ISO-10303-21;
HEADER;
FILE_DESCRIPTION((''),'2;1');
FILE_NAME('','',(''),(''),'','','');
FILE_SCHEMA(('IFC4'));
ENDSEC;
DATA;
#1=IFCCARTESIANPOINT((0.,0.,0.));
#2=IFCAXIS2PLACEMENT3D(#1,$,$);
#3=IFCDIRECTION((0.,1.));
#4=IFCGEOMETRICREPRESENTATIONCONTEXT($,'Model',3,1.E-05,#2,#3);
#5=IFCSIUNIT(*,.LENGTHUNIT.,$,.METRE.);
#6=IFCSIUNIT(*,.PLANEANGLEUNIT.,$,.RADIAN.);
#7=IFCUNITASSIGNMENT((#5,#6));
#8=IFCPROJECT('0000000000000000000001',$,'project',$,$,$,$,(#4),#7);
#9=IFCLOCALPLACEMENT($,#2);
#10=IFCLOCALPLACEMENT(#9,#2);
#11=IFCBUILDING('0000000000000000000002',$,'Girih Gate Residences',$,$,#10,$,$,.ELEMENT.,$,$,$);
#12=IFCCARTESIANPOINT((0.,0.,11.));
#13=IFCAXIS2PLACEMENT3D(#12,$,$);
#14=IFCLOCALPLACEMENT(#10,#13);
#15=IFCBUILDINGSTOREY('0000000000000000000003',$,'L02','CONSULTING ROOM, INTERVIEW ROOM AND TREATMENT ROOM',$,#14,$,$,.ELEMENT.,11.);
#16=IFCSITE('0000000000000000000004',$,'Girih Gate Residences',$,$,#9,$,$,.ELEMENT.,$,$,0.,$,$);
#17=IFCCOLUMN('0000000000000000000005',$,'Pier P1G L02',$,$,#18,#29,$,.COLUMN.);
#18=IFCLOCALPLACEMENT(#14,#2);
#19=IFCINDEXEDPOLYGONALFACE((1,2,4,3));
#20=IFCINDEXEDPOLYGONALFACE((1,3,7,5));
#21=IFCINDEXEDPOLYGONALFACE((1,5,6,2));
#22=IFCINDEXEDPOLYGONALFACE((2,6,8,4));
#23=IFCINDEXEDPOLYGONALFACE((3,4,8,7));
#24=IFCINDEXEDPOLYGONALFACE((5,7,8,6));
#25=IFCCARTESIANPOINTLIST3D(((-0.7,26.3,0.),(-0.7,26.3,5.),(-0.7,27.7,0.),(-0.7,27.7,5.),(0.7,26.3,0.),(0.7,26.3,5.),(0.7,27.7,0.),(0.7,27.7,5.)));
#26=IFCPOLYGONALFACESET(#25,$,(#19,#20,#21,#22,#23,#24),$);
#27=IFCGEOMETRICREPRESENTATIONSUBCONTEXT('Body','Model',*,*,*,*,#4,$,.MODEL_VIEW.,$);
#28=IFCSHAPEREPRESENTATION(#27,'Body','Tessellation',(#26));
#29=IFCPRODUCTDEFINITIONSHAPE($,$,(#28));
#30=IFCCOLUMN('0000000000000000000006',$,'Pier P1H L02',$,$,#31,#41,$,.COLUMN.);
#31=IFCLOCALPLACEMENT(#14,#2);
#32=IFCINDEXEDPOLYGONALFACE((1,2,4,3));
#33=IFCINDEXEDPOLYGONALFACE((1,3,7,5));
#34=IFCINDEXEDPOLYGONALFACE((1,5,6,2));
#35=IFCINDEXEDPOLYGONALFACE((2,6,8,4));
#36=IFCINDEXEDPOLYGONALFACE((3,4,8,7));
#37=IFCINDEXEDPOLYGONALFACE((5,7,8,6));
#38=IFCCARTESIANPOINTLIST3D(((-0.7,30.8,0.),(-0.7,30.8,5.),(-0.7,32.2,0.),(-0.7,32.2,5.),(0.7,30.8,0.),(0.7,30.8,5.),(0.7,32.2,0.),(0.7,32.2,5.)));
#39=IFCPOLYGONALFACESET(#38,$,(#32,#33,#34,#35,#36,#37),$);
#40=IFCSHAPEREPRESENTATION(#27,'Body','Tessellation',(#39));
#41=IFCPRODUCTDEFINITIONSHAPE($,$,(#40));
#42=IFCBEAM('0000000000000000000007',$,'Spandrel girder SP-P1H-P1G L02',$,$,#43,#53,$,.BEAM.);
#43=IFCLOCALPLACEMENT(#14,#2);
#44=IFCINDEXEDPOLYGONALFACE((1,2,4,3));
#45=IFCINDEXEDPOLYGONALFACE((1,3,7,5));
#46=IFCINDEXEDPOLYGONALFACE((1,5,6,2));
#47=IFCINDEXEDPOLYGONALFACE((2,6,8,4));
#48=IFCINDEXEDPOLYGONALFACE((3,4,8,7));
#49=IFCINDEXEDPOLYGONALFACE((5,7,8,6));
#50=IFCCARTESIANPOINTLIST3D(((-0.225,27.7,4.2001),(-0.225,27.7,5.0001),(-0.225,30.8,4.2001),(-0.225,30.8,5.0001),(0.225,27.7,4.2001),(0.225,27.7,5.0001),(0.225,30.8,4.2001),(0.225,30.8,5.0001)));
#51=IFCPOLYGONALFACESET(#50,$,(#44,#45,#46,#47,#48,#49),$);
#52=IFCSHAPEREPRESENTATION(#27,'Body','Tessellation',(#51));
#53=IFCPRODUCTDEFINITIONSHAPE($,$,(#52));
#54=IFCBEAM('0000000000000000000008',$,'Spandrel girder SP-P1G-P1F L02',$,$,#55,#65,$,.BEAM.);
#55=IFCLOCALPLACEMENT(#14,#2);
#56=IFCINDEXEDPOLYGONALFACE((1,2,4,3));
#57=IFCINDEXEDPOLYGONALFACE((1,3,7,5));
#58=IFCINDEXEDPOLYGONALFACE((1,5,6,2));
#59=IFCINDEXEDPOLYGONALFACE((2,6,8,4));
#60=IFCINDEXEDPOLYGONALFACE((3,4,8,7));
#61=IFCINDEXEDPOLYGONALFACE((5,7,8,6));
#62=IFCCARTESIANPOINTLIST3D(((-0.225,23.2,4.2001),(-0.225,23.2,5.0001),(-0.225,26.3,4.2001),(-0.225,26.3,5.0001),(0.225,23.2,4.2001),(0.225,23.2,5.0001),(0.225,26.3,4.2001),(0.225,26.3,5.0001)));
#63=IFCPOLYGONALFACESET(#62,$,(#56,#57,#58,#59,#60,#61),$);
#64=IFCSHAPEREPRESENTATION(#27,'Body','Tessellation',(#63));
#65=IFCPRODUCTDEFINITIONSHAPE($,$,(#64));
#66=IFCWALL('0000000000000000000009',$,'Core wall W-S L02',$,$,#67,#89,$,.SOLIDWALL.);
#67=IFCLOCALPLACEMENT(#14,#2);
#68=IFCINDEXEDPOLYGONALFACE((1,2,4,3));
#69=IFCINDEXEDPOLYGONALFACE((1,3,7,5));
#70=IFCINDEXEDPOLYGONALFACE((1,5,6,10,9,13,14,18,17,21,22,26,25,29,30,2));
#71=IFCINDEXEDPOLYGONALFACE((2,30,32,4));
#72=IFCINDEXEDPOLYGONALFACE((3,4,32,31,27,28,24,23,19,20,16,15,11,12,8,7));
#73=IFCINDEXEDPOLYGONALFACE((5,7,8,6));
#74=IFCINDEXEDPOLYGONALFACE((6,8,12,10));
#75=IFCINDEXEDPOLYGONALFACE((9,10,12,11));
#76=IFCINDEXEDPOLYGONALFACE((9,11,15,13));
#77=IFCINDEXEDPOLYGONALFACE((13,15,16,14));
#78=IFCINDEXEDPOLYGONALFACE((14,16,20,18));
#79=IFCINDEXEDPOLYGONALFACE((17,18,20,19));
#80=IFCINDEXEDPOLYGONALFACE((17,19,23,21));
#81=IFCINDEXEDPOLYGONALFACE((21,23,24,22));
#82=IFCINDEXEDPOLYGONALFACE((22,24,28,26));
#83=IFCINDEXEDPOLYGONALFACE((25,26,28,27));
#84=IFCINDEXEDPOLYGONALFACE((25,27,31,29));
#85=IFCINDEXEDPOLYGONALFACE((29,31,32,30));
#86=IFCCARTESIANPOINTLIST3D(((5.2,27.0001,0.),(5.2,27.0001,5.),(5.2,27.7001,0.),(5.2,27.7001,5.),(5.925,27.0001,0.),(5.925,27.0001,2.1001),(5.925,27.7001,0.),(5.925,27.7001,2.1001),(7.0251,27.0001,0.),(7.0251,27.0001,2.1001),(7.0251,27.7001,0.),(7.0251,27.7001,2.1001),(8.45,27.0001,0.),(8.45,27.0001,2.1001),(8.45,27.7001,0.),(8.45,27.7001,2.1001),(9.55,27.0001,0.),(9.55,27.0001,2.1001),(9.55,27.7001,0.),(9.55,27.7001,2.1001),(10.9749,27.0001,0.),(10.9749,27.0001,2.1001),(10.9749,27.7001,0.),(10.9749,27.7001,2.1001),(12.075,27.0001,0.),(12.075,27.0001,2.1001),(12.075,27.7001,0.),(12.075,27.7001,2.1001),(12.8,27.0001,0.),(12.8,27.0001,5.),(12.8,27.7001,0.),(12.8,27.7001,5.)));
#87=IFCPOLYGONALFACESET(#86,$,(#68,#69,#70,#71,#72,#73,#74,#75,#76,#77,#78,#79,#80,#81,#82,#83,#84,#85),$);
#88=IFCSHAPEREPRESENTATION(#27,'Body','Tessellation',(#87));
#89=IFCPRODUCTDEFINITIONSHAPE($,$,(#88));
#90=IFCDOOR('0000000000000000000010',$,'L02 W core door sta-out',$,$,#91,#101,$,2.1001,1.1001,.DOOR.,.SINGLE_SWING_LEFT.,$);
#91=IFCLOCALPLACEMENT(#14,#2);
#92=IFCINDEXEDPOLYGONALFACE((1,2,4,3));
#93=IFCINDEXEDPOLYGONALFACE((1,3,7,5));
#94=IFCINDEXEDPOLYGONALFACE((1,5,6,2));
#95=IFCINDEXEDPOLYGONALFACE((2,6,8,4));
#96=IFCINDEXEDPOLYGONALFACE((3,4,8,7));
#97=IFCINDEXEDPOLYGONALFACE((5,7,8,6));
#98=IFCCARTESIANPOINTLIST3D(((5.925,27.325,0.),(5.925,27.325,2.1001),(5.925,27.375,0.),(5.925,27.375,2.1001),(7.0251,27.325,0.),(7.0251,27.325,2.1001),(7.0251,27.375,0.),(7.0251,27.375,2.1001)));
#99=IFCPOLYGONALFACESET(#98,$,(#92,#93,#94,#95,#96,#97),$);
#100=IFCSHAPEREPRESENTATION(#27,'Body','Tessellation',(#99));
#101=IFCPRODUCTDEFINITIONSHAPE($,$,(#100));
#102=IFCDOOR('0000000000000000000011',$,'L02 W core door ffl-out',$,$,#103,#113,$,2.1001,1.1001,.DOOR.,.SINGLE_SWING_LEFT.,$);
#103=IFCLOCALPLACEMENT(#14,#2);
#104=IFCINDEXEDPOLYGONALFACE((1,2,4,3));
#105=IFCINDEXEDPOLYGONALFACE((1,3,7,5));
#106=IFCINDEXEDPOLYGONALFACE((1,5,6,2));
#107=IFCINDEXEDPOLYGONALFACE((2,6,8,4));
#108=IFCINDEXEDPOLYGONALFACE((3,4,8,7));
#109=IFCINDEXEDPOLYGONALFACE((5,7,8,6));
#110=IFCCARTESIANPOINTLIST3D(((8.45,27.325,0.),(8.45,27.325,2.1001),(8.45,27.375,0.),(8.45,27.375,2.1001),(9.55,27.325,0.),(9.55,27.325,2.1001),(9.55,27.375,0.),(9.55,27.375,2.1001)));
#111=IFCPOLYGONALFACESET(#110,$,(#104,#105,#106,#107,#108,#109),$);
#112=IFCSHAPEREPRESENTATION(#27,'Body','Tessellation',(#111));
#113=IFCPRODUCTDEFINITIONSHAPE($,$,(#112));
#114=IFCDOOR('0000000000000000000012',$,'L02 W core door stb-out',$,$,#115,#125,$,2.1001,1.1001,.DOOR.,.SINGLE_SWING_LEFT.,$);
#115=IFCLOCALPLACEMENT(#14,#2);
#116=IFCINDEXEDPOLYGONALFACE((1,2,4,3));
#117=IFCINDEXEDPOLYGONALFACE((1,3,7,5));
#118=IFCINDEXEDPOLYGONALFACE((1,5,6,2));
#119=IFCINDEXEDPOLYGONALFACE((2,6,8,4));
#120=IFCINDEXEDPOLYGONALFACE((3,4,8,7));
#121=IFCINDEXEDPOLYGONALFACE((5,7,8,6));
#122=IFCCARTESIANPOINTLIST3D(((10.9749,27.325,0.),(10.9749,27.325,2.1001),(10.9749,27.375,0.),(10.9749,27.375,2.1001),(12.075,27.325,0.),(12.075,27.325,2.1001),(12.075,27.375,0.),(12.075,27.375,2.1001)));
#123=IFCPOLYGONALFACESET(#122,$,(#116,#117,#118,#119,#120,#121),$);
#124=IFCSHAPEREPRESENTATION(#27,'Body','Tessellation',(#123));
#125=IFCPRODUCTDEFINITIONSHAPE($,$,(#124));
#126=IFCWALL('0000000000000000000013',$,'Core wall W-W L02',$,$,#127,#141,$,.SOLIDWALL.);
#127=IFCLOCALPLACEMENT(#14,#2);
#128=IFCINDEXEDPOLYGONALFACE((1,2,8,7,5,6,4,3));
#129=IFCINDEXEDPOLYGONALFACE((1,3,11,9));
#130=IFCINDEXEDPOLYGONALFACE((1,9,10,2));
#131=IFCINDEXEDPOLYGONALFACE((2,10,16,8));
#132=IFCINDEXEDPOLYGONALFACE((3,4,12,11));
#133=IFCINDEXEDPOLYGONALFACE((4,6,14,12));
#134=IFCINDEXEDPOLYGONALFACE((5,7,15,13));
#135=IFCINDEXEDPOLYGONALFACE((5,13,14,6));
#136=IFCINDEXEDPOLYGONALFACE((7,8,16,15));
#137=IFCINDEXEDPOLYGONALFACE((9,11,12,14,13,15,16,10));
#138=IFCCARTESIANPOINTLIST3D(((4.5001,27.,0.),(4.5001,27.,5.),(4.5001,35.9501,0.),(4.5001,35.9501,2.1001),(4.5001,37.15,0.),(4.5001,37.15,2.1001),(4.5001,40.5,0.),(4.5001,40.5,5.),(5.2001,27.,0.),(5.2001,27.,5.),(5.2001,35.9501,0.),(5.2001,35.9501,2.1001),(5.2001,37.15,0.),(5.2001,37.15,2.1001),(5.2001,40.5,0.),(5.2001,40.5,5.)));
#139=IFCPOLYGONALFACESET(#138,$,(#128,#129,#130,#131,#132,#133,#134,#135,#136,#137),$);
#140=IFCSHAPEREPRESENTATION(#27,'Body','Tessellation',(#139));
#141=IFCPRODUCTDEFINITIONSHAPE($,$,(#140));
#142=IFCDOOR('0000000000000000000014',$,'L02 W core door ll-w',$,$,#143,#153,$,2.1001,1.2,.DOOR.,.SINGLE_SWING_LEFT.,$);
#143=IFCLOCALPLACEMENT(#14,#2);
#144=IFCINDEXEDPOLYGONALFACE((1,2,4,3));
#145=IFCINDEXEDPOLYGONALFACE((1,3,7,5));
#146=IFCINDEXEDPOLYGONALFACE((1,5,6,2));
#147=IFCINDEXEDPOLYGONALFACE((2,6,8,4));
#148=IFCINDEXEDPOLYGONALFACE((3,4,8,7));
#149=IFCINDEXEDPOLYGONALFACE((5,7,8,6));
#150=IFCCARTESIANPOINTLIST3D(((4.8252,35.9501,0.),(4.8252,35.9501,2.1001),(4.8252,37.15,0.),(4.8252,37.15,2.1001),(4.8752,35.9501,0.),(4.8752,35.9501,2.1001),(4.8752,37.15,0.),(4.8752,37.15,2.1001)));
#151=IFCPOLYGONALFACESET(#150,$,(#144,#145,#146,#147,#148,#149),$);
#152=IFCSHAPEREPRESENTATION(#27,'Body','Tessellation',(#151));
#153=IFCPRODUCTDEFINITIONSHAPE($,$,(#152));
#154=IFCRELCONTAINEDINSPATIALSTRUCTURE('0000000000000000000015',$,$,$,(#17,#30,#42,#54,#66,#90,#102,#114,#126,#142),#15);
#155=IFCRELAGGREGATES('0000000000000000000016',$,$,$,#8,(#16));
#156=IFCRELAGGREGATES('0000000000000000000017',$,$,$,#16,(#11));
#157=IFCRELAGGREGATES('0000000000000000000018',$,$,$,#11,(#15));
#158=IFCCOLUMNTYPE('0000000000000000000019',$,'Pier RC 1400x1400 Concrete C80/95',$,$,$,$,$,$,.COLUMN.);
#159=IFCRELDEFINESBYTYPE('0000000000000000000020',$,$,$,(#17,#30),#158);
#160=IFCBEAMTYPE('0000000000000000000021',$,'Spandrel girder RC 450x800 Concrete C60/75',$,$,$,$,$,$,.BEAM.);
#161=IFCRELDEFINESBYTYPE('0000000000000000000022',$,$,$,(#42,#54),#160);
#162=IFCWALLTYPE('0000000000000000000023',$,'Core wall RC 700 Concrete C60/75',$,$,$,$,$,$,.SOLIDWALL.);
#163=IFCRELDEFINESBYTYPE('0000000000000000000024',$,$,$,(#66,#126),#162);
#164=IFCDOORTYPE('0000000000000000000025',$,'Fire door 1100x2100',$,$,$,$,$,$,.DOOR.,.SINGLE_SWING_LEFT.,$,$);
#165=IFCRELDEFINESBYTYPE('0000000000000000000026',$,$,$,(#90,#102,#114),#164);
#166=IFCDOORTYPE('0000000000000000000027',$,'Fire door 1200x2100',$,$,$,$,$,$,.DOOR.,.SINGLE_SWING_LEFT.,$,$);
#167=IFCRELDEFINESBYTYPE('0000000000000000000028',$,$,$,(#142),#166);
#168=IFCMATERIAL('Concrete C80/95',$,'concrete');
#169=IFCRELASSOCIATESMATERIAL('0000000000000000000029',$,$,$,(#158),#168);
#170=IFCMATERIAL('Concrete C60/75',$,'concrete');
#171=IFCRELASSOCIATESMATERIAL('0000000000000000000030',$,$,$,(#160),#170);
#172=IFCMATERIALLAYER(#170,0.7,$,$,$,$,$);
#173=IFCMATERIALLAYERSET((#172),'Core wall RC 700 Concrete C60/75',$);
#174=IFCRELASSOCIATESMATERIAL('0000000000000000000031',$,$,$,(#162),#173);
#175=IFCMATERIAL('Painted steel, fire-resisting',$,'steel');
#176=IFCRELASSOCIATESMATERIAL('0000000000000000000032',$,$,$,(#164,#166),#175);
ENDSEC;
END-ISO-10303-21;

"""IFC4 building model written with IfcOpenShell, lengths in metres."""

from ifc_helpers import new_model, si_unit, direction, frame, frame_2d, origin, origin_2d, place, context, subcontext, project, spatial, rectangle, extrude, material, layer, layer_set, material_profile, profile_set, type_object, element, fill, save


model = new_model("IFC4")

# Units and contexts
model_context = context("Model", 3, precision=1e-05, world=origin(), true_north=direction((0.0, 1.0)))
body_context = subcontext(model_context, "Body", "Model", "MODEL_VIEW")
ifc_project = project(units=[si_unit("LENGTHUNIT", "METRE"), si_unit("PLANEANGLEUNIT", "RADIAN")], contexts=[model_context])

# Site, building, storey
site_placement = place(None, origin())
site = spatial("IfcSite", under=ifc_project, at=site_placement, Name="Girih Gate Residences", CompositionType="ELEMENT", RefElevation=0.0)
building_placement = place(site_placement, origin())
building = spatial("IfcBuilding", under=site, at=building_placement, Name="Girih Gate Residences", CompositionType="ELEMENT")
storey_placement = place(building_placement, frame((0.0, 0.0, 11.0)))
storey = spatial("IfcBuildingStorey", under=building, at=storey_placement, Name="L02", Description="CONSULTING ROOM, INTERVIEW ROOM AND TREATMENT ROOM", CompositionType="ELEMENT", Elevation=11.0)

# Columns
ifc_material_1 = material(Name="Concrete C80/95", Category="concrete")
ifc_material_profile_1 = material_profile(ifc_material_1, rectangle(XDim=1.3999, YDim=1.3999, at=origin_2d()))
ifc_profile_set_1 = profile_set([ifc_material_profile_1], Name="Concrete C80/95")
column_type = type_object("IfcColumnType", Name="Pier RC 1400x1400 Concrete C80/95", PredefinedType="COLUMN", material=ifc_profile_set_1)
for number, where, z_axis, x_axis, name in (
    (1, (0.0, 27.0, 0.0), (0.0, 0.0, 1.0), (1.0, 0.0, 0.0), "Pier P1G L02"),
    (2, (0.0, 31.5, 0.0), (0.0, 0.0, 1.0), (1.0, 0.0, 0.0), "Pier P1H L02"),
):
    element("IfcColumn", number, at=place(storey_placement, frame(where, z_axis=z_axis, x_axis=x_axis)), inside=storey, type_object=column_type, Name=name, PredefinedType="COLUMN", context=body_context, shape_type="SweptSolid", body=[
        extrude(rectangle(XDim=1.3999, YDim=1.3999, at=origin_2d()), origin(), (0.0, 0.0, 1.0), 5.0),
    ])

# Beams
ifc_material_2 = material(Name="Concrete C60/75", Category="concrete")
ifc_material_profile_2 = material_profile(ifc_material_2, rectangle(XDim=0.45, YDim=0.8, at=origin_2d()))
ifc_profile_set_2 = profile_set([ifc_material_profile_2], Name="Concrete C60/75")
beam_type = type_object("IfcBeamType", Name="Spandrel girder RC 450x800 Concrete C60/75", PredefinedType="BEAM", material=ifc_profile_set_2)
for number, where, z_axis, x_axis, name in (
    (3, (0.0, 30.8, 4.6001), (0.0, -1.0, 0.0), (1.0, 0.0, 0.0), "Spandrel girder SP-P1H-P1G L02"),
    (4, (0.0, 26.3, 4.6001), (0.0, -1.0, 0.0), (1.0, 0.0, 0.0), "Spandrel girder SP-P1G-P1F L02"),
):
    element("IfcBeam", number, at=place(storey_placement, frame(where, z_axis=z_axis, x_axis=x_axis)), inside=storey, type_object=beam_type, Name=name, PredefinedType="BEAM", context=body_context, shape_type="SweptSolid", body=[
        extrude(rectangle(XDim=0.45, YDim=0.8, at=origin_2d()), origin(), (0.0, 0.0, 1.0), 3.1001),
    ])

# Wall, openings, doors
ifc_layer_1 = layer(ifc_material_2, 0.7)
ifc_layer_set_1 = layer_set([ifc_layer_1], Name="Core wall RC 700 Concrete C60/75")
wall_type_1 = type_object("IfcWallType", Name="Core wall RC 700 Concrete C60/75", PredefinedType="SOLIDWALL", material=ifc_layer_set_1)
wall_1_placement = place(storey_placement, frame((5.2, 27.3501, 0.0), z_axis=(0.0, 0.0, 1.0), x_axis=(1.0, 0.0, 0.0)))
wall_1 = element("IfcWall", 5, at=wall_1_placement, inside=storey, type_object=wall_type_1, Name="Core wall W-S L02", PredefinedType="SOLIDWALL", context=body_context, shape_type="SweptSolid", body=[
    extrude(rectangle(XDim=7.6001, YDim=0.7, at=frame_2d((3.8, 0.0))), origin(), (0.0, 0.0, 1.0), 5.0),
])
opening_1_placement = place(wall_1_placement, frame((0.7251, 0.0, 0.0)))
opening_1 = element("IfcOpeningElement", 6, at=opening_1_placement, cuts=wall_1, PredefinedType="OPENING", context=body_context, shape_type="SweptSolid", body=[
    extrude(rectangle(XDim=1.1001, YDim=2.1001, at=frame_2d((0.55, 1.05))), frame((0.0, 0.3599, 0.0), z_axis=(0.0, -1.0, 0.0), x_axis=(1.0, 0.0, 0.0)), (0.0, 0.0, 1.0), 0.72),
])
opening_2_placement = place(wall_1_placement, frame((3.25, 0.0, 0.0)))
opening_2 = element("IfcOpeningElement", 7, at=opening_2_placement, cuts=wall_1, PredefinedType="OPENING", context=body_context, shape_type="SweptSolid", body=[
    extrude(rectangle(XDim=1.1001, YDim=2.1001, at=frame_2d((0.55, 1.05))), frame((0.0, 0.3599, 0.0), z_axis=(0.0, -1.0, 0.0), x_axis=(1.0, 0.0, 0.0)), (0.0, 0.0, 1.0), 0.72),
])
opening_3_placement = place(wall_1_placement, frame((5.7749, 0.0, 0.0)))
opening_3 = element("IfcOpeningElement", 8, at=opening_3_placement, cuts=wall_1, PredefinedType="OPENING", context=body_context, shape_type="SweptSolid", body=[
    extrude(rectangle(XDim=1.1001, YDim=2.1001, at=frame_2d((0.55, 1.05))), frame((0.0, 0.3599, 0.0), z_axis=(0.0, -1.0, 0.0), x_axis=(1.0, 0.0, 0.0)), (0.0, 0.0, 1.0), 0.72),
])
ifc_material_3 = material(Name="Painted steel, fire-resisting", Category="steel")
door_type_1 = type_object("IfcDoorType", Name="Fire door 1100x2100", OperationType="SINGLE_SWING_LEFT", PredefinedType="DOOR", material=ifc_material_3)
door_1_placement = place(opening_1_placement, origin())
door_1 = element("IfcDoor", 9, at=door_1_placement, inside=storey, type_object=door_type_1, Name="L02 W core door sta-out", OperationType="SINGLE_SWING_LEFT", OverallHeight=2.1001, OverallWidth=1.1001, PredefinedType="DOOR", context=body_context, shape_type="SweptSolid", body=[
    extrude(rectangle(XDim=1.1001, YDim=2.1001, at=frame_2d((0.55, 1.05))), frame((0.0, 0.0249, 0.0), z_axis=(0.0, -1.0, 0.0), x_axis=(1.0, 0.0, 0.0)), (0.0, 0.0, 1.0), 0.05),
])
fill(opening_1, door_1)
door_2_placement = place(opening_2_placement, origin())
door_2 = element("IfcDoor", 10, at=door_2_placement, inside=storey, type_object=door_type_1, Name="L02 W core door ffl-out", OperationType="SINGLE_SWING_LEFT", OverallHeight=2.1001, OverallWidth=1.1001, PredefinedType="DOOR", context=body_context, shape_type="SweptSolid", body=[
    extrude(rectangle(XDim=1.1001, YDim=2.1001, at=frame_2d((0.55, 1.05))), frame((0.0, 0.0249, 0.0), z_axis=(0.0, -1.0, 0.0), x_axis=(1.0, 0.0, 0.0)), (0.0, 0.0, 1.0), 0.05),
])
fill(opening_2, door_2)
door_3_placement = place(opening_3_placement, origin())
door_3 = element("IfcDoor", 11, at=door_3_placement, inside=storey, type_object=door_type_1, Name="L02 W core door stb-out", OperationType="SINGLE_SWING_LEFT", OverallHeight=2.1001, OverallWidth=1.1001, PredefinedType="DOOR", context=body_context, shape_type="SweptSolid", body=[
    extrude(rectangle(XDim=1.1001, YDim=2.1001, at=frame_2d((0.55, 1.05))), frame((0.0, 0.0249, 0.0), z_axis=(0.0, -1.0, 0.0), x_axis=(1.0, 0.0, 0.0)), (0.0, 0.0, 1.0), 0.05),
])
fill(opening_3, door_3)

# Wall, opening, door
wall_2_placement = place(storey_placement, frame((4.8501, 27.0, 0.0), z_axis=(0.0, 0.0, 1.0), x_axis=(0.0, 1.0, 0.0)))
wall_2 = element("IfcWall", 12, at=wall_2_placement, inside=storey, type_object=wall_type_1, Name="Core wall W-W L02", PredefinedType="SOLIDWALL", context=body_context, shape_type="SweptSolid", body=[
    extrude(rectangle(XDim=13.5, YDim=0.7, at=frame_2d((6.75, 0.0))), origin(), (0.0, 0.0, 1.0), 5.0),
])
opening_4_placement = place(wall_2_placement, frame((8.95, 0.0, 0.0)))
opening_4 = element("IfcOpeningElement", 13, at=opening_4_placement, cuts=wall_2, PredefinedType="OPENING", context=body_context, shape_type="SweptSolid", body=[
    extrude(rectangle(XDim=1.2, YDim=2.1001, at=frame_2d((0.6001, 1.05))), frame((0.0, 0.3599, 0.0), z_axis=(0.0, -1.0, 0.0), x_axis=(1.0, 0.0, 0.0)), (0.0, 0.0, 1.0), 0.72),
])
door_type_2 = type_object("IfcDoorType", Name="Fire door 1200x2100", OperationType="SINGLE_SWING_LEFT", PredefinedType="DOOR", material=ifc_material_3)
door_4_placement = place(opening_4_placement, origin())
door_4 = element("IfcDoor", 14, at=door_4_placement, inside=storey, type_object=door_type_2, Name="L02 W core door ll-w", OperationType="SINGLE_SWING_LEFT", OverallHeight=2.1001, OverallWidth=1.2, PredefinedType="DOOR", context=body_context, shape_type="SweptSolid", body=[
    extrude(rectangle(XDim=1.2, YDim=2.1001, at=frame_2d((0.6001, 1.05))), frame((0.0, 0.0249, 0.0), z_axis=(0.0, -1.0, 0.0), x_axis=(1.0, 0.0, 0.0)), (0.0, 0.0, 1.0), 0.05),
])
fill(opening_4, door_4)

save(model, "model.ifc")
